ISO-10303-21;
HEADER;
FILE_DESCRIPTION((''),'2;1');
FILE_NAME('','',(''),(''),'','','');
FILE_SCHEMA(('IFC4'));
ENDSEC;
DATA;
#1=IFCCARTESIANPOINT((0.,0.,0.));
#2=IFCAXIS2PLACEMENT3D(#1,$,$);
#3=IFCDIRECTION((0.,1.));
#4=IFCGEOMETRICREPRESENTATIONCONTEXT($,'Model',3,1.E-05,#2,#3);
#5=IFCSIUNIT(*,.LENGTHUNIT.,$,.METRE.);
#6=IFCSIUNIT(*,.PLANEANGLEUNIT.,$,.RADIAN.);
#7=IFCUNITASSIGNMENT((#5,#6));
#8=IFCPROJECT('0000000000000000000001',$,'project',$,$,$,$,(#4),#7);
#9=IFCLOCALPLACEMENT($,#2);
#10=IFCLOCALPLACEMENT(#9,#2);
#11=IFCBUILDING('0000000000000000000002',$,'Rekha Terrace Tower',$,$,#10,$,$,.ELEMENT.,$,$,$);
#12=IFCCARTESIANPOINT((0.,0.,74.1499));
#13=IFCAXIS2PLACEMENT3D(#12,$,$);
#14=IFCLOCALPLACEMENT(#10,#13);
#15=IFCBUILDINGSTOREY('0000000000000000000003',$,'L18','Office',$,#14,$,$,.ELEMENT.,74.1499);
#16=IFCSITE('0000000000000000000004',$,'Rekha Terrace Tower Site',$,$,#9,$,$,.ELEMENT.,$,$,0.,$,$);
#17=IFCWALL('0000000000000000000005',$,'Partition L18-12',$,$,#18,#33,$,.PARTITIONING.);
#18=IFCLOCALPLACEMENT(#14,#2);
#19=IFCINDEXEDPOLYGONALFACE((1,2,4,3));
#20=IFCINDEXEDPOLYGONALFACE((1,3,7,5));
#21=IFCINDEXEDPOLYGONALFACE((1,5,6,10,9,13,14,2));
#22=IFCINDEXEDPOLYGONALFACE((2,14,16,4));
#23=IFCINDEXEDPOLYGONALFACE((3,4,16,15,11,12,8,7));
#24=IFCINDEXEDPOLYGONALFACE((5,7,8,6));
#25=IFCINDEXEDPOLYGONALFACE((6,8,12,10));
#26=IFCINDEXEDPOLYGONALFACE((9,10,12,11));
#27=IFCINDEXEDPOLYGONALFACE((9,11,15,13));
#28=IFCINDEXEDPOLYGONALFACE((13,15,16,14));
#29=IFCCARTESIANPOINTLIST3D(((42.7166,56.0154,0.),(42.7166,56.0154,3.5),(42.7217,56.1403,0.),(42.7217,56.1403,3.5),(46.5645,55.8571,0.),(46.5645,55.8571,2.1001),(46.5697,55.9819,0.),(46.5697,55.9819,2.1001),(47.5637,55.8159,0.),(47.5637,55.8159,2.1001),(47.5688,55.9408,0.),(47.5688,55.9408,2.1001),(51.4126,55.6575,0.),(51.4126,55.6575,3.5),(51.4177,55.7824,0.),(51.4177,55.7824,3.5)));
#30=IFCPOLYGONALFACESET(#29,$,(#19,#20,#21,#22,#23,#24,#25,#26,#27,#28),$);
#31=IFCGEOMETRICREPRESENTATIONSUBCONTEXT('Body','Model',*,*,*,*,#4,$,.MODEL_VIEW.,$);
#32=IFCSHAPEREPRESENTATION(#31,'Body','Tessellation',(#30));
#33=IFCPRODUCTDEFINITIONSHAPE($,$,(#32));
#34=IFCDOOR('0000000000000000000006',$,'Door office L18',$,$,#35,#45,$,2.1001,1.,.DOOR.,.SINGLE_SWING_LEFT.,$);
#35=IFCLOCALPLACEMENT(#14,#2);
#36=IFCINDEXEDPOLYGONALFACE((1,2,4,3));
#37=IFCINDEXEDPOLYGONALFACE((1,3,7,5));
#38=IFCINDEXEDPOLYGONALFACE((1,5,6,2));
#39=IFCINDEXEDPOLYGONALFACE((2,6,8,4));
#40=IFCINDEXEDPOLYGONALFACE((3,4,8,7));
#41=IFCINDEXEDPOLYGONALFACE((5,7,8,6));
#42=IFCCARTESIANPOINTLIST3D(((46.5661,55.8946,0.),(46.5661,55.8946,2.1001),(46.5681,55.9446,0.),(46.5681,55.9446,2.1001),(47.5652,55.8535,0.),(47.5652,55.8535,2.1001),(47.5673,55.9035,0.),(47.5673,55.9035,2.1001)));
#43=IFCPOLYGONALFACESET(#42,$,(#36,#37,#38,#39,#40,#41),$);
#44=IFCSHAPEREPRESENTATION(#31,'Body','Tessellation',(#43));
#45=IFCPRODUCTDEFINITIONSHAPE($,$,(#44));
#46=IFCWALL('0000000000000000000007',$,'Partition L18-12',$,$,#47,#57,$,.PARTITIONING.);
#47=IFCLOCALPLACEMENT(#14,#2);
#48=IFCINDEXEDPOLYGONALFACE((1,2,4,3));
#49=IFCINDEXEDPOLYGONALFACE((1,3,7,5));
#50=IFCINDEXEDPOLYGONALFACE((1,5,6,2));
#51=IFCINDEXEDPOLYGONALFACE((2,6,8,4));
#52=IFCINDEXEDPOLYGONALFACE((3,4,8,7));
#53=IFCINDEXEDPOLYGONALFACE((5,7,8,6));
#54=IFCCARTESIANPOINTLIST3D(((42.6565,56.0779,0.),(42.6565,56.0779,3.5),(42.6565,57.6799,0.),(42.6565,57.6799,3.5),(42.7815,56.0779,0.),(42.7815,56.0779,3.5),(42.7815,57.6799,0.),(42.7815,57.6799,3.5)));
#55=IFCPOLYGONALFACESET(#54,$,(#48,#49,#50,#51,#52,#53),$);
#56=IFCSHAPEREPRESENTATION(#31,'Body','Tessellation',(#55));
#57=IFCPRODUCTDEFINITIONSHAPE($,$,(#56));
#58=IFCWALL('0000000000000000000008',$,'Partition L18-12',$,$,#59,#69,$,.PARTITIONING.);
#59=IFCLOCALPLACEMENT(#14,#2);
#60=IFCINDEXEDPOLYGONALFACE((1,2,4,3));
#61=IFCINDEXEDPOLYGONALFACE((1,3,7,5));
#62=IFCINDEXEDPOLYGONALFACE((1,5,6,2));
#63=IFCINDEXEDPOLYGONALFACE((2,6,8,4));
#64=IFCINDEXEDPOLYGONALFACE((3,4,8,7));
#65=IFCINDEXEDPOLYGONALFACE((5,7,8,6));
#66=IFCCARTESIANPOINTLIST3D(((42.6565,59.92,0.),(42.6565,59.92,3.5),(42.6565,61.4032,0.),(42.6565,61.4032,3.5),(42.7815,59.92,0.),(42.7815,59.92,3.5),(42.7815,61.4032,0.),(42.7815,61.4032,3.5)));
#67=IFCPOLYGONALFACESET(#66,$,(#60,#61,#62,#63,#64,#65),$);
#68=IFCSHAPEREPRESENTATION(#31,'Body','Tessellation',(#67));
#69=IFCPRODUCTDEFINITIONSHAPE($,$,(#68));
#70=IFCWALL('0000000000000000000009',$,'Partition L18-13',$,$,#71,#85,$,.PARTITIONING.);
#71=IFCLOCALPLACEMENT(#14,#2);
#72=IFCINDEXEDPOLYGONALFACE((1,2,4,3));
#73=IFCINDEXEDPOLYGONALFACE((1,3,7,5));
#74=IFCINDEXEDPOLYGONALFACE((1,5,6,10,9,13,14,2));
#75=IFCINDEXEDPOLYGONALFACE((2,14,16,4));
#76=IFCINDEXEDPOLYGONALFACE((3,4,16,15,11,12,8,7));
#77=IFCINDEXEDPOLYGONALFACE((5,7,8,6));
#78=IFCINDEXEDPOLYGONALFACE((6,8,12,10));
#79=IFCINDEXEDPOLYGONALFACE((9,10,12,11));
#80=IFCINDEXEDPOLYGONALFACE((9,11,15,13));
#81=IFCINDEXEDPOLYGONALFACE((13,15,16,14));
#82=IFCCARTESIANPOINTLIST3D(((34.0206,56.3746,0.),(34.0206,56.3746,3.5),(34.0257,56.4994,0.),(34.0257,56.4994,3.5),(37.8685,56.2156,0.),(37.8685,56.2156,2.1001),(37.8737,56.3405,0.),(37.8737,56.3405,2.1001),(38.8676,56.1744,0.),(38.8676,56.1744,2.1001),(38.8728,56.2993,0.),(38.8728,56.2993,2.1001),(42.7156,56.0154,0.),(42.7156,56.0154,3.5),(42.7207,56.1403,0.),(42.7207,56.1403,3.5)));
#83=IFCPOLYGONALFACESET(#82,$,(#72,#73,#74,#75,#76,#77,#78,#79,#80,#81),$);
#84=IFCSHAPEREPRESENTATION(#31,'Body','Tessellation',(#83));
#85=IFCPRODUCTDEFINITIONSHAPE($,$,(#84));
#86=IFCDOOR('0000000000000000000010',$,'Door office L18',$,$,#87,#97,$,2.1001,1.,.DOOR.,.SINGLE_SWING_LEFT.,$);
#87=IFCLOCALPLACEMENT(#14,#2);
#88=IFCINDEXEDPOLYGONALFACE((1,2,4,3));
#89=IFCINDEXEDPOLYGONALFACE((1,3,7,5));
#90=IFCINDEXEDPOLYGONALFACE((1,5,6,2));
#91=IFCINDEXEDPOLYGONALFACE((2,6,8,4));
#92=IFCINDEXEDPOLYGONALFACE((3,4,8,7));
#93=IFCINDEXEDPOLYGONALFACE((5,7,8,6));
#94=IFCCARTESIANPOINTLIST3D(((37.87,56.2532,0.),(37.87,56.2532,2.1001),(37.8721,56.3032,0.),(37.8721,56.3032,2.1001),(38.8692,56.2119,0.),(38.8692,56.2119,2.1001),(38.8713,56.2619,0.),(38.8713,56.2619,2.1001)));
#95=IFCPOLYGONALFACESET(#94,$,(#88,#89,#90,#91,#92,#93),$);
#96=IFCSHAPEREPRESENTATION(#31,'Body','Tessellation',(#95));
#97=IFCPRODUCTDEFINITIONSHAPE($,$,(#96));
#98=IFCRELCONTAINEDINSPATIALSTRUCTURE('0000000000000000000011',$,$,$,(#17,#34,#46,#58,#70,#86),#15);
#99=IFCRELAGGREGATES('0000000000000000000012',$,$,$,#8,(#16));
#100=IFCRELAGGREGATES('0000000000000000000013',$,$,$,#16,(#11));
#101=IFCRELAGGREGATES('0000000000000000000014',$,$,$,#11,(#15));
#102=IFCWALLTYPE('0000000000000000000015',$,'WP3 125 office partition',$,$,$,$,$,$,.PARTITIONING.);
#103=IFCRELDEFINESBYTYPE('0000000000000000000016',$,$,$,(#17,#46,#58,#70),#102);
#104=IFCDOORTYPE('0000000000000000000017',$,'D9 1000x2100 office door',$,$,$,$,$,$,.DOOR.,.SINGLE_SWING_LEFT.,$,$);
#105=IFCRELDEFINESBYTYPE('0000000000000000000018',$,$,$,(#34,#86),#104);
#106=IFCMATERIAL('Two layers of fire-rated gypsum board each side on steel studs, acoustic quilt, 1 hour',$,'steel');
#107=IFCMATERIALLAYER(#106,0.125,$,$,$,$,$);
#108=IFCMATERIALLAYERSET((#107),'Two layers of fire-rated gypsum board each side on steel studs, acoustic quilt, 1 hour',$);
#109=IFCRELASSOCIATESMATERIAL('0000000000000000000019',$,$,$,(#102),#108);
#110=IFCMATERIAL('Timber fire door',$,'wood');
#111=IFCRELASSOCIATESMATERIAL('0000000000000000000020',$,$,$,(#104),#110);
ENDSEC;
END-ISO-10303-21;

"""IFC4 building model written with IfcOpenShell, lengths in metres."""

from ifc_helpers import new_model, si_unit, direction, frame, frame_2d, origin, place, context, subcontext, project, spatial, rectangle, extrude, material, layer, layer_set, type_object, element, fill, save


model = new_model("IFC4")

# Units and contexts
model_context = context("Model", 3, precision=1e-05, world=origin(), true_north=direction((0.0, 1.0)))
body_context = subcontext(model_context, "Body", "Model", "MODEL_VIEW")
ifc_project = project(units=[si_unit("LENGTHUNIT", "METRE"), si_unit("PLANEANGLEUNIT", "RADIAN")], contexts=[model_context])

# Site, building, storey
site_placement = place(None, origin())
site = spatial("IfcSite", under=ifc_project, at=site_placement, Name="Rekha Terrace Tower Site", CompositionType="ELEMENT", RefElevation=0.0)
building_placement = place(site_placement, origin())
building = spatial("IfcBuilding", under=site, at=building_placement, Name="Rekha Terrace Tower", CompositionType="ELEMENT")
storey_placement = place(building_placement, frame((0.0, 0.0, 74.1499)))
storey = spatial("IfcBuildingStorey", under=building, at=storey_placement, Name="L18", Description="Office", CompositionType="ELEMENT", Elevation=74.1499)

# Wall, opening, door
ifc_material_1 = material(Name="Two layers of fire-rated gypsum board each side on steel studs, acoustic quilt, 1 hour", Category="steel")
ifc_layer_1 = layer(ifc_material_1, 0.125)
ifc_layer_set_1 = layer_set([ifc_layer_1], Name="Two layers of fire-rated gypsum board each side on steel studs, acoustic quilt, 1 hour")
wall_type_1 = type_object("IfcWallType", Name="WP3 125 office partition", PredefinedType="PARTITIONING", material=ifc_layer_set_1)
wall_1_placement = place(storey_placement, frame((51.415, 55.72, 0.0), z_axis=(0.0, 0.0, 1.0), x_axis=(-0.999154, 0.041123, 0.0)))
wall_1 = element("IfcWall", 1, at=wall_1_placement, inside=storey, type_object=wall_type_1, Name="Partition L18-12", PredefinedType="PARTITIONING", context=body_context, shape_type="SweptSolid", body=[
    extrude(rectangle(XDim=8.7034, YDim=0.125, at=frame_2d((4.3516, 0.0))), origin(), (0.0, 0.0, 1.0), 3.5),
])
opening_1_placement = place(wall_1_placement, frame((3.8521, 0.0, 0.0)))
opening_1 = element("IfcOpeningElement", 2, at=opening_1_placement, cuts=wall_1, PredefinedType="OPENING", context=body_context, shape_type="SweptSolid", body=[
    extrude(rectangle(XDim=1.0, YDim=2.1001, at=frame_2d((0.5, 1.05))), frame((0.0, 0.0725, 0.0), z_axis=(0.0, -1.0, 0.0), x_axis=(1.0, 0.0, 0.0)), (0.0, 0.0, 1.0), 0.145),
])
ifc_material_2 = material(Name="Timber fire door", Category="wood")
door_type = type_object("IfcDoorType", Name="D9 1000x2100 office door", OperationType="SINGLE_SWING_LEFT", PredefinedType="DOOR", material=ifc_material_2)
door_1_placement = place(opening_1_placement, origin())
door_1 = element("IfcDoor", 3, at=door_1_placement, inside=storey, type_object=door_type, Name="Door office L18", OperationType="SINGLE_SWING_LEFT", OverallHeight=2.1001, OverallWidth=1.0, PredefinedType="DOOR", context=body_context, shape_type="SweptSolid", body=[
    extrude(rectangle(XDim=1.0, YDim=2.1001, at=frame_2d((0.5, 1.05))), frame((0.0, 0.0249, 0.0), z_axis=(0.0, -1.0, 0.0), x_axis=(1.0, 0.0, 0.0)), (0.0, 0.0, 1.0), 0.05),
])
fill(opening_1, door_1)

# Walls
wall_2_placement = place(storey_placement, frame((42.719, 56.0779, 0.0), z_axis=(0.0, 0.0, 1.0), x_axis=(0.0, 1.0, 0.0)))
element("IfcWall", 4, at=wall_2_placement, inside=storey, type_object=wall_type_1, Name="Partition L18-12", PredefinedType="PARTITIONING", context=body_context, shape_type="SweptSolid", body=[
    extrude(rectangle(XDim=1.6021, YDim=0.125, at=frame_2d((0.801, 0.0))), origin(), (0.0, 0.0, 1.0), 3.5),
])
wall_3_placement = place(storey_placement, frame((42.719, 59.9199, 0.0), z_axis=(0.0, 0.0, 1.0), x_axis=(0.0, 1.0, 0.0)))
element("IfcWall", 5, at=wall_3_placement, inside=storey, type_object=wall_type_1, Name="Partition L18-12", PredefinedType="PARTITIONING", context=body_context, shape_type="SweptSolid", body=[
    extrude(rectangle(XDim=1.4832, YDim=0.125, at=frame_2d((0.7417, 0.0))), origin(), (0.0, 0.0, 1.0), 3.5),
])

# Wall, opening, door
wall_4_placement = place(storey_placement, frame((42.718, 56.0779, 0.0), z_axis=(0.0, 0.0, 1.0), x_axis=(-0.999148, 0.041268, 0.0)))
wall_4 = element("IfcWall", 6, at=wall_4_placement, inside=storey, type_object=wall_type_1, Name="Partition L18-13", PredefinedType="PARTITIONING", context=body_context, shape_type="SweptSolid", body=[
    extrude(rectangle(XDim=8.7024, YDim=0.125, at=frame_2d((4.3511, 0.0))), origin(), (0.0, 0.0, 1.0), 3.5),
])
opening_2_placement = place(wall_4_placement, frame((3.8511, 0.0, 0.0)))
opening_2 = element("IfcOpeningElement", 7, at=opening_2_placement, cuts=wall_4, PredefinedType="OPENING", context=body_context, shape_type="SweptSolid", body=[
    extrude(rectangle(XDim=1.0, YDim=2.1001, at=frame_2d((0.5, 1.05))), frame((0.0, 0.0725, 0.0), z_axis=(0.0, -1.0, 0.0), x_axis=(1.0, 0.0, 0.0)), (0.0, 0.0, 1.0), 0.145),
])
door_2_placement = place(opening_2_placement, origin())
door_2 = element("IfcDoor", 8, at=door_2_placement, inside=storey, type_object=door_type, Name="Door office L18", OperationType="SINGLE_SWING_LEFT", OverallHeight=2.1001, OverallWidth=1.0, PredefinedType="DOOR", context=body_context, shape_type="SweptSolid", body=[
    extrude(rectangle(XDim=1.0, YDim=2.1001, at=frame_2d((0.5, 1.05))), frame((0.0, 0.0249, 0.0), z_axis=(0.0, -1.0, 0.0), x_axis=(1.0, 0.0, 0.0)), (0.0, 0.0, 1.0), 0.05),
])
fill(opening_2, door_2)

save(model, "model.ifc")
